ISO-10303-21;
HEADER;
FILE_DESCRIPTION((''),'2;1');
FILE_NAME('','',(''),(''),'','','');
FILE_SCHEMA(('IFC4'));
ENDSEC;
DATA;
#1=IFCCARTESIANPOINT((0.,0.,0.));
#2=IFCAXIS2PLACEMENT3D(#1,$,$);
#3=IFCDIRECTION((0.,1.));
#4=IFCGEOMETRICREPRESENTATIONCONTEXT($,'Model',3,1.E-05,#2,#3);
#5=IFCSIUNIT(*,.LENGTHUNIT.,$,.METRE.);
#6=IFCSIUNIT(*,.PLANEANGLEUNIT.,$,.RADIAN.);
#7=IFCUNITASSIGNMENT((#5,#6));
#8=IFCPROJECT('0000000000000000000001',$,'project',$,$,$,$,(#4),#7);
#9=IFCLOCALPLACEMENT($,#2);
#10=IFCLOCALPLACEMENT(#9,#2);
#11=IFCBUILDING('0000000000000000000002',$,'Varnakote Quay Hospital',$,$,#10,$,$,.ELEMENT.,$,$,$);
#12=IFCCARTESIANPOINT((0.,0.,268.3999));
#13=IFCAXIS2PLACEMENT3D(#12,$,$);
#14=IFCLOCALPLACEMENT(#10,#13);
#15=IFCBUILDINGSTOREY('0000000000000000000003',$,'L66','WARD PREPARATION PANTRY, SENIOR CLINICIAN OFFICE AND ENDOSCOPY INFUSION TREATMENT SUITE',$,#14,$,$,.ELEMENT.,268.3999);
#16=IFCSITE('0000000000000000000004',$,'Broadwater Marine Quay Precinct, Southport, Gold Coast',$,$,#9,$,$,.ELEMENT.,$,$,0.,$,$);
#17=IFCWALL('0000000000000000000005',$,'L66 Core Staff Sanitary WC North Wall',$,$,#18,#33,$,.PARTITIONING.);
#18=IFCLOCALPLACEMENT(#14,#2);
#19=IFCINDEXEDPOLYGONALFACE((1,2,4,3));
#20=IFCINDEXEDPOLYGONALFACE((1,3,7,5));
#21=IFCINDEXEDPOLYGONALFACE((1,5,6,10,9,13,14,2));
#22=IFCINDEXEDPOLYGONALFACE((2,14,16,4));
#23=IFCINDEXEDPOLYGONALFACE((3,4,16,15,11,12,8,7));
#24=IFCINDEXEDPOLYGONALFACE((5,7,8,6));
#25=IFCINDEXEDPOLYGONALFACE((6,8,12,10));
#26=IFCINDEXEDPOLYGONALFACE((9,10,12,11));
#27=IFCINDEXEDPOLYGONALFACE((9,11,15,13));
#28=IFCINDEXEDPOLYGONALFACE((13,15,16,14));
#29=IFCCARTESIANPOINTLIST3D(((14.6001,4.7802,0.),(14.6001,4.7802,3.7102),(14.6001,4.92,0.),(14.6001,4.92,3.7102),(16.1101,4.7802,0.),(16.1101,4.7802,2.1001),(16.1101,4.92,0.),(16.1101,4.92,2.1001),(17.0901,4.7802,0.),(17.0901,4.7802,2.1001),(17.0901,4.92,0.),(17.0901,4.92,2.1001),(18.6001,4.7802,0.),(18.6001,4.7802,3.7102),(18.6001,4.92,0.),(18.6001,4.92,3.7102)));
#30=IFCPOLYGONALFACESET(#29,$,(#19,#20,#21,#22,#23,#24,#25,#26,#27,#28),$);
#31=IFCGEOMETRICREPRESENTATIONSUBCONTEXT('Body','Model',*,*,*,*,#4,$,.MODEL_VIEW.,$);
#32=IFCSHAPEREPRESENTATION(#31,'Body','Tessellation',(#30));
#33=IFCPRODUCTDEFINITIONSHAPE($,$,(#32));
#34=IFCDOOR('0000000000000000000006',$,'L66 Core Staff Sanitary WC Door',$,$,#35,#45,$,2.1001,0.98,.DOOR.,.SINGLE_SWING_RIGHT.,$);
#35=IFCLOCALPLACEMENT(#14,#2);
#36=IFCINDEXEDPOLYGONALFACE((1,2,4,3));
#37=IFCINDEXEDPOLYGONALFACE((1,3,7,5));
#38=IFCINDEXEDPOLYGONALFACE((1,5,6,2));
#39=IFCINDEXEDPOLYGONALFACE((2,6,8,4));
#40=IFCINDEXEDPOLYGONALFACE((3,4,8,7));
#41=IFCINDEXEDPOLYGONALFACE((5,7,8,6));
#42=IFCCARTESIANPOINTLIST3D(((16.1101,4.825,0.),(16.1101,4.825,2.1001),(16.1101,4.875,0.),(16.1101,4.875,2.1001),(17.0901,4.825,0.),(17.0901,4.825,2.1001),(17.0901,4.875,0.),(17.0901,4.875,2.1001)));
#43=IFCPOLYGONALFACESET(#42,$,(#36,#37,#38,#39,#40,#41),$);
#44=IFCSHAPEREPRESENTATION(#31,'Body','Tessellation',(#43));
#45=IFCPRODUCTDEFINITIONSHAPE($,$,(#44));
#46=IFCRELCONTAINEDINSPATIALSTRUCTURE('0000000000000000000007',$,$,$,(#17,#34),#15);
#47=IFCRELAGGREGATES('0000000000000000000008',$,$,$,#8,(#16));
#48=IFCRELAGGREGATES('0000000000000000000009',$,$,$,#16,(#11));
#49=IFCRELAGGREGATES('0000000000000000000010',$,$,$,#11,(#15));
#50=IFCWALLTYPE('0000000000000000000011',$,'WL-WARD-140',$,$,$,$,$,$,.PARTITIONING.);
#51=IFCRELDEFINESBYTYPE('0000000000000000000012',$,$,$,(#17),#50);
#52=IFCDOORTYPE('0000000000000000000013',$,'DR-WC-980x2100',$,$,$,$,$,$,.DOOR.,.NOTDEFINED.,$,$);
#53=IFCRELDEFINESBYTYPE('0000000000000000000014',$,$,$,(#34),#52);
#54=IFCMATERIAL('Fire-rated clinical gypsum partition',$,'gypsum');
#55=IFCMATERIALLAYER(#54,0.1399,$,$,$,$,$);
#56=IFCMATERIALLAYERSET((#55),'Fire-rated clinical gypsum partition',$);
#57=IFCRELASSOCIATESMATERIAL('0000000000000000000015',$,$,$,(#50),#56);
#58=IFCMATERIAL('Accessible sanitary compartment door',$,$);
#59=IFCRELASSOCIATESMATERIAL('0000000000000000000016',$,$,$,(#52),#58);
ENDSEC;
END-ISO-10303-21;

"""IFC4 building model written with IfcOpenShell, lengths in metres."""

from ifc_helpers import new_model, si_unit, direction, frame, frame_2d, origin, place, context, subcontext, project, spatial, rectangle, extrude, material, layer, layer_set, type_object, element, fill, save


model = new_model("IFC4")

# Units and contexts
model_context = context("Model", 3, precision=1e-05, world=origin(), true_north=direction((0.0, 1.0)))
body_context = subcontext(model_context, "Body", "Model", "MODEL_VIEW")
ifc_project = project(units=[si_unit("LENGTHUNIT", "METRE"), si_unit("PLANEANGLEUNIT", "RADIAN")], contexts=[model_context])

# Site, building, storey
site_placement = place(None, origin())
site = spatial("IfcSite", under=ifc_project, at=site_placement, Name="Broadwater Marine Quay Precinct, Southport, Gold Coast", CompositionType="ELEMENT", RefElevation=0.0)
building_placement = place(site_placement, origin())
building = spatial("IfcBuilding", under=site, at=building_placement, Name="Varnakote Quay Hospital", CompositionType="ELEMENT")
storey_placement = place(building_placement, frame((0.0, 0.0, 268.3999)))
storey = spatial("IfcBuildingStorey", under=building, at=storey_placement, Name="L66", Description="WARD PREPARATION PANTRY, SENIOR CLINICIAN OFFICE AND ENDOSCOPY INFUSION TREATMENT SUITE", CompositionType="ELEMENT", Elevation=268.3999)

# Wall, opening, door
ifc_material_1 = material(Name="Fire-rated clinical gypsum partition", Category="gypsum")
ifc_layer_1 = layer(ifc_material_1, 0.1399)
ifc_layer_set_1 = layer_set([ifc_layer_1], Name="Fire-rated clinical gypsum partition")
wall_type_1 = type_object("IfcWallType", Name="WL-WARD-140", PredefinedType="PARTITIONING", material=ifc_layer_set_1)
wall_1_placement = place(storey_placement, frame((14.6001, 4.8501, 0.0), z_axis=(0.0, 0.0, 1.0), x_axis=(1.0, 0.0, 0.0)))
wall_1 = element("IfcWall", 1, at=wall_1_placement, inside=storey, type_object=wall_type_1, Name="L66 Core Staff Sanitary WC North Wall", PredefinedType="PARTITIONING", context=body_context, shape_type="SweptSolid", body=[
    extrude(rectangle(XDim=4.0, YDim=0.1399, at=frame_2d((2.0, 0.0))), origin(), (0.0, 0.0, 1.0), 3.7102),
])
opening_1_placement = place(wall_1_placement, frame((1.51, 0.0, 0.0)))
opening_1 = element("IfcOpeningElement", 2, at=opening_1_placement, cuts=wall_1, PredefinedType="OPENING", context=body_context, shape_type="SweptSolid", body=[
    extrude(rectangle(XDim=0.98, YDim=2.1001, at=frame_2d((0.49, 1.05))), frame((0.0, 0.0798, 0.0), z_axis=(0.0, -1.0, 0.0), x_axis=(1.0, 0.0, 0.0)), (0.0, 0.0, 1.0), 0.1599),
])
ifc_material_2 = material(Name="Accessible sanitary compartment door")
door_type_1 = type_object("IfcDoorType", Name="DR-WC-980x2100", OperationType="NOTDEFINED", PredefinedType="DOOR", material=ifc_material_2)
door_1_placement = place(opening_1_placement, origin())
door_1 = element("IfcDoor", 3, at=door_1_placement, inside=storey, type_object=door_type_1, Name="L66 Core Staff Sanitary WC Door", OperationType="SINGLE_SWING_RIGHT", OverallHeight=2.1001, OverallWidth=0.98, PredefinedType="DOOR", context=body_context, shape_type="SweptSolid", body=[
    extrude(rectangle(XDim=0.98, YDim=2.1001, at=frame_2d((0.49, 1.05))), frame((0.0, 0.0249, 0.0), z_axis=(0.0, -1.0, 0.0), x_axis=(1.0, 0.0, 0.0)), (0.0, 0.0, 1.0), 0.05),
])
fill(opening_1, door_1)

save(model, "model.ifc")
